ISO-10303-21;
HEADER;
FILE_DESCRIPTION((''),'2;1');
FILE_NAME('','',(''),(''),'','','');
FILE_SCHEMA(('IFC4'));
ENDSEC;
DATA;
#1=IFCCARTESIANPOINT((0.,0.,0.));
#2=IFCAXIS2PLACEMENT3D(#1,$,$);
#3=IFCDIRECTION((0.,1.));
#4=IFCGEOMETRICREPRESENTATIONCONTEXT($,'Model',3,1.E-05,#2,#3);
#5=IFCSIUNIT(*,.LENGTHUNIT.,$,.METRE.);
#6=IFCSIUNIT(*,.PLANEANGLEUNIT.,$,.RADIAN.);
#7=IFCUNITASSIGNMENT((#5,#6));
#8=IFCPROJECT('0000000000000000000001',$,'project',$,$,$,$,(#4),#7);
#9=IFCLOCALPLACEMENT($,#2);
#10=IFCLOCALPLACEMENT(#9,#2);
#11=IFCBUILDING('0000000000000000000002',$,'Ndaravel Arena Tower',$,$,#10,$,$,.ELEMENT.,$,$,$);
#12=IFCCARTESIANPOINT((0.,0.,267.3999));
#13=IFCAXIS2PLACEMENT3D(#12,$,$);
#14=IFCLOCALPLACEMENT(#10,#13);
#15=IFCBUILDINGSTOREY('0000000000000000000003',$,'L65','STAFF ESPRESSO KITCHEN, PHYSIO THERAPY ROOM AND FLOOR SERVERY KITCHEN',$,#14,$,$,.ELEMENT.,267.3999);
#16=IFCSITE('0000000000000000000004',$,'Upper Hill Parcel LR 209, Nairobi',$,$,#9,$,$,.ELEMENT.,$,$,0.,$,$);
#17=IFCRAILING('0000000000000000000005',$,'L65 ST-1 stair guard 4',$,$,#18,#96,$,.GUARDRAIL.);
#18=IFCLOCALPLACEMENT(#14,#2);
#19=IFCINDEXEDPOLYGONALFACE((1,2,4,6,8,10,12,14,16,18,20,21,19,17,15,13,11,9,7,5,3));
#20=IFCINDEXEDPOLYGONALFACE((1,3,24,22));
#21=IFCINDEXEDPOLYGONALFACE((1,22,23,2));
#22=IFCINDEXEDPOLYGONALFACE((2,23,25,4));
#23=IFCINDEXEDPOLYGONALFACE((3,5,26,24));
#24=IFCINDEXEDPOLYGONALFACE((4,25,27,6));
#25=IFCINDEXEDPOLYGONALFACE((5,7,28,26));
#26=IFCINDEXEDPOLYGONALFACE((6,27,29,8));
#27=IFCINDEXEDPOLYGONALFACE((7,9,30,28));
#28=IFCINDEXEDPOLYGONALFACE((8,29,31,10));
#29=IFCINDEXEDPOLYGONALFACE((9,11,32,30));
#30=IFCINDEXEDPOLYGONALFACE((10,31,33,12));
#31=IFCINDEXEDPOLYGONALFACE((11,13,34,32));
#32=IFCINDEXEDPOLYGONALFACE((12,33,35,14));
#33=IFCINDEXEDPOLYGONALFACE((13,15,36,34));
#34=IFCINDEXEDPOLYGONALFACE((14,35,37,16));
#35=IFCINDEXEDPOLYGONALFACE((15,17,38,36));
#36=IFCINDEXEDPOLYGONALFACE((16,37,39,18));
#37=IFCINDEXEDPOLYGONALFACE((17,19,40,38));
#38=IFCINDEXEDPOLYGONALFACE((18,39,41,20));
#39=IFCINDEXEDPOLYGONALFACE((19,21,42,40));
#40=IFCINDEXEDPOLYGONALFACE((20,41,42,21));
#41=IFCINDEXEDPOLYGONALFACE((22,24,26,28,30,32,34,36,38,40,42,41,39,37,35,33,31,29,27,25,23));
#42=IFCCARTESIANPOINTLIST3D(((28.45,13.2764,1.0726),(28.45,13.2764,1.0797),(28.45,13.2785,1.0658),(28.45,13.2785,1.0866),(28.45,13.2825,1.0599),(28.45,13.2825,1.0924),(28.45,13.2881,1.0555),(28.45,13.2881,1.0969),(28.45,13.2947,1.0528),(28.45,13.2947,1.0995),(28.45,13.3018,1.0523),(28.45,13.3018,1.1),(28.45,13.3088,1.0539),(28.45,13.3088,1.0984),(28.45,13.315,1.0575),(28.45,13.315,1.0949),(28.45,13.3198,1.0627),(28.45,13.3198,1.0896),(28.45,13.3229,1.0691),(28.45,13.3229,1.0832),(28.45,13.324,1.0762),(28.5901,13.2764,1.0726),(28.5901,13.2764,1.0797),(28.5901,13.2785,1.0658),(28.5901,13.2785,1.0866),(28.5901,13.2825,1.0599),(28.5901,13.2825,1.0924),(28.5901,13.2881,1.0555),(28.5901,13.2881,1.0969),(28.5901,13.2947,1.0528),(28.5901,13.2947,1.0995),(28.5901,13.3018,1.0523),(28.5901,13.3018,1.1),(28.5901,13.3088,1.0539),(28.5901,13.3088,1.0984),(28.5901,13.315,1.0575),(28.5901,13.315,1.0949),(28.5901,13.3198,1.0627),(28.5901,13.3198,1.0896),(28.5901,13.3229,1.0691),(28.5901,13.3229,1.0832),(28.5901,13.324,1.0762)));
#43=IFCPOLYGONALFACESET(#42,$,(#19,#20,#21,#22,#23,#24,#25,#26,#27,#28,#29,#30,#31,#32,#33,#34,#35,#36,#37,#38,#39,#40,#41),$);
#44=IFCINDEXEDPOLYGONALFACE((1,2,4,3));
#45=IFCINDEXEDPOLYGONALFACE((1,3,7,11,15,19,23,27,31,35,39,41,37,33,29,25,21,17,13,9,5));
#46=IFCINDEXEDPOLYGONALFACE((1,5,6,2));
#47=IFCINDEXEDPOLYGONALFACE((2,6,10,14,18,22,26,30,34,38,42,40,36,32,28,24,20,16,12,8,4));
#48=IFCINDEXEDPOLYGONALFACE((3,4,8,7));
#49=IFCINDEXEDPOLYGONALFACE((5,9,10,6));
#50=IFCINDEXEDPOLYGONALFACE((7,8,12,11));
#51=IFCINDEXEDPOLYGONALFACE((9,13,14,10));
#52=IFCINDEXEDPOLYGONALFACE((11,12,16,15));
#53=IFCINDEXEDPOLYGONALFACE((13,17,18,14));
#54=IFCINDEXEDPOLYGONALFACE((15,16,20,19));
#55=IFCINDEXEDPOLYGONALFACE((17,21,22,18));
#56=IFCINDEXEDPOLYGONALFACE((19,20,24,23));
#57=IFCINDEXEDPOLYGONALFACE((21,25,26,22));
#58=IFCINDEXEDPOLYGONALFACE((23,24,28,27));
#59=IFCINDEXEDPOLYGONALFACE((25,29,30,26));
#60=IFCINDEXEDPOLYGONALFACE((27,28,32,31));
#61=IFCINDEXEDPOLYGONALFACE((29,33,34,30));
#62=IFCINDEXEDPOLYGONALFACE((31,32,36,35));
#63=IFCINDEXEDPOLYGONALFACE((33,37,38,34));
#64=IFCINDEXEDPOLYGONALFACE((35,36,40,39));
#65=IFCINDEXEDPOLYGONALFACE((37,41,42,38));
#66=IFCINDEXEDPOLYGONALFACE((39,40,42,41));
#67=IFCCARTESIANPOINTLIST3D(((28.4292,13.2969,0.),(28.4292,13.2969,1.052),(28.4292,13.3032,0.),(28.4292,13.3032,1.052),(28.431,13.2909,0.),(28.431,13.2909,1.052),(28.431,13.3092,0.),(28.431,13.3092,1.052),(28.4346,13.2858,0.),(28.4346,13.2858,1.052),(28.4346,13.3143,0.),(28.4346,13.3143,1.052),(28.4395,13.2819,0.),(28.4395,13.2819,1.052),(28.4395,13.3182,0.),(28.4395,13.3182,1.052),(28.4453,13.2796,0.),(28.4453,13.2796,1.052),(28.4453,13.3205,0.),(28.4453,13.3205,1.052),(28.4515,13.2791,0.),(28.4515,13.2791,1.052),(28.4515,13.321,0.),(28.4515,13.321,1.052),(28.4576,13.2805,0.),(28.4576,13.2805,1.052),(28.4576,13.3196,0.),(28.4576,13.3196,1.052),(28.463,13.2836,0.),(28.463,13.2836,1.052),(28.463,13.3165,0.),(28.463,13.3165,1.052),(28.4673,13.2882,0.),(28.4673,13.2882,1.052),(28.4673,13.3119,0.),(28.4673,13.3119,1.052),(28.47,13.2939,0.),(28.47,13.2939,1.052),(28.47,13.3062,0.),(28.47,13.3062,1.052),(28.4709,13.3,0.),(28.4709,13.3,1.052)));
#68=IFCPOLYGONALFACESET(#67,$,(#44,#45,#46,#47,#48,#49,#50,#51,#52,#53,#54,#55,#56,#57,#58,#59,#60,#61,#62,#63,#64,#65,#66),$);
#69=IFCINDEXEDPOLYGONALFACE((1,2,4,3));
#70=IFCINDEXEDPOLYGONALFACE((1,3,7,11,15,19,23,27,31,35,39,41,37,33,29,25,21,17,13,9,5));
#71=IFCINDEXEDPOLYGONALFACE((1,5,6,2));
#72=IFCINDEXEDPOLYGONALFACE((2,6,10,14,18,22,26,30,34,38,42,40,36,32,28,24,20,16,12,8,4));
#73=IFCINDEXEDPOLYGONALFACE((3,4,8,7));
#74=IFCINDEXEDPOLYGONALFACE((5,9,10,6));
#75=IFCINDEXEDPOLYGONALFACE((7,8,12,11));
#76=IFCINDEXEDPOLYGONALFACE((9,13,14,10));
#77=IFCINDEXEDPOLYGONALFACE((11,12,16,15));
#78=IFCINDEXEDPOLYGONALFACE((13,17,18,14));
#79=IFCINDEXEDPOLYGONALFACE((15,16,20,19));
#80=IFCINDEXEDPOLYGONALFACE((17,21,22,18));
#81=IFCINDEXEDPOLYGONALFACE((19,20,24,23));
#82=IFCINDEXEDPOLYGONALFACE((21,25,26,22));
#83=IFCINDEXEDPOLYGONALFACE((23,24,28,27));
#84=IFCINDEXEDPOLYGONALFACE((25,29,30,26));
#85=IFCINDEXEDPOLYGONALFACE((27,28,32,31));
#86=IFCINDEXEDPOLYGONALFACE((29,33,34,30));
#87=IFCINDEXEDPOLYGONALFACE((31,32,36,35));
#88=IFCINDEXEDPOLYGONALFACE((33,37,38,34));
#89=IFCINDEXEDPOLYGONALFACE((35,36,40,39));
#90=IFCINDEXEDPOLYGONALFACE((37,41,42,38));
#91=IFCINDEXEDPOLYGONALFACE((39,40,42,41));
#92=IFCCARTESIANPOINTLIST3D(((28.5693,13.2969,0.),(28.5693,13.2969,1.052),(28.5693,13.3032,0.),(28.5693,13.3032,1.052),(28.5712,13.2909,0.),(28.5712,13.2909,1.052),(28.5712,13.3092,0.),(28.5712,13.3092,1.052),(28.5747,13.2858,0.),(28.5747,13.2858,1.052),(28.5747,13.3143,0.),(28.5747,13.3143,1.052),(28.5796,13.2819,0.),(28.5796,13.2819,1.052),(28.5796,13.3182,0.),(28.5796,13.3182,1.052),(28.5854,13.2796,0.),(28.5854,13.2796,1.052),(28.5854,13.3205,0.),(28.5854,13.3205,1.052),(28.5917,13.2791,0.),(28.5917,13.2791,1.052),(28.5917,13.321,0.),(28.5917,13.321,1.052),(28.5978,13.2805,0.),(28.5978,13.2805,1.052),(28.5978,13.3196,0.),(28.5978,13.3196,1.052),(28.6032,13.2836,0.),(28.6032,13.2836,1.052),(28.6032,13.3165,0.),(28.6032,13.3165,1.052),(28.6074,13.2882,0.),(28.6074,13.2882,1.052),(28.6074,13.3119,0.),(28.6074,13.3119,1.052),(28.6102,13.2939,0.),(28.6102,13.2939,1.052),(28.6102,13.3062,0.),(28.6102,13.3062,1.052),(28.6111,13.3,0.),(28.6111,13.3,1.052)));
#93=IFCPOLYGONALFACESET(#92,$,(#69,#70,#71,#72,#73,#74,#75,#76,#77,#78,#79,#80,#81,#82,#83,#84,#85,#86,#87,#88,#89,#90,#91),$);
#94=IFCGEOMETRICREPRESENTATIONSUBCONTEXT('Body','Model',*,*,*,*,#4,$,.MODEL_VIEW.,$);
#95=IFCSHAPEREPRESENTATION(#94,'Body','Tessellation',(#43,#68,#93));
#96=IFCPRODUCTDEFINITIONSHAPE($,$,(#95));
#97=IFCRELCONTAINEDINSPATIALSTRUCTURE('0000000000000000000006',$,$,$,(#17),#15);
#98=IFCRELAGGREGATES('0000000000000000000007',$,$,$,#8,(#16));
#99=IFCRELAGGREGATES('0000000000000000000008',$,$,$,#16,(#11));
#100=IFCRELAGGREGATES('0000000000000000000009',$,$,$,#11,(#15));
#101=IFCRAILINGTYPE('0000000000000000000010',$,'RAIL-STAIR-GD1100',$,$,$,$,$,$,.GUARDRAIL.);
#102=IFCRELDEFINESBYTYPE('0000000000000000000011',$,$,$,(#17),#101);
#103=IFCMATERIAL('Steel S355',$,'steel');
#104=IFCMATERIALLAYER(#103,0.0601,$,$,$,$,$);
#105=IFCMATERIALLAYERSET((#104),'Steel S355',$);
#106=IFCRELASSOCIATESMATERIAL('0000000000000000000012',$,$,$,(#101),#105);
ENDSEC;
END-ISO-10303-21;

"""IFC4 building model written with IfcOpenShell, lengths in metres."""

from ifc_helpers import new_model, si_unit, direction, frame, origin, origin_2d, place, context, subcontext, project, spatial, circle, extrude, material, layer, layer_set, type_object, element, save


model = new_model("IFC4")

# Units and contexts
model_context = context("Model", 3, precision=1e-05, world=origin(), true_north=direction((0.0, 1.0)))
body_context = subcontext(model_context, "Body", "Model", "MODEL_VIEW")
ifc_project = project(units=[si_unit("LENGTHUNIT", "METRE"), si_unit("PLANEANGLEUNIT", "RADIAN")], contexts=[model_context])

# Site, building, storey
site_placement = place(None, origin())
site = spatial("IfcSite", under=ifc_project, at=site_placement, Name="Upper Hill Parcel LR 209, Nairobi", CompositionType="ELEMENT", RefElevation=0.0)
building_placement = place(site_placement, origin())
building = spatial("IfcBuilding", under=site, at=building_placement, Name="Ndaravel Arena Tower", CompositionType="ELEMENT")
storey_placement = place(building_placement, frame((0.0, 0.0, 267.3999)))
storey = spatial("IfcBuildingStorey", under=building, at=storey_placement, Name="L65", Description="STAFF ESPRESSO KITCHEN, PHYSIO THERAPY ROOM AND FLOOR SERVERY KITCHEN", CompositionType="ELEMENT", Elevation=267.3999)

# Railing
ifc_material_1 = material(Name="Steel S355", Category="steel")
ifc_layer_1 = layer(ifc_material_1, 0.0601)
ifc_layer_set_1 = layer_set([ifc_layer_1], Name="Steel S355")
railing_type_1 = type_object("IfcRailingType", Name="RAIL-STAIR-GD1100", PredefinedType="GUARDRAIL", material=ifc_layer_set_1)
railing_1_placement = place(storey_placement, frame((28.45, 13.3, 0.0)))
element("IfcRailing", 1, at=railing_1_placement, inside=storey, type_object=railing_type_1, Name="L65 ST-1 stair guard 4", PredefinedType="GUARDRAIL", context=body_context, shape_type="SweptSolid", body=[
    extrude(circle(Radius=0.0239, at=origin_2d()), frame((0.0, 0.0, 1.0762), z_axis=(1.0, 0.0, 0.0), x_axis=(0.0, 1.0, 0.0)), (0.0, 0.0, 1.0), 0.1401),
    extrude(circle(Radius=0.021, at=origin_2d()), origin(), (0.0, 0.0, 1.0), 1.052),
    extrude(circle(Radius=0.021, at=origin_2d()), frame((0.1401, 0.0, 0.0)), (0.0, 0.0, 1.0), 1.052),
])

save(model, "model.ifc")
